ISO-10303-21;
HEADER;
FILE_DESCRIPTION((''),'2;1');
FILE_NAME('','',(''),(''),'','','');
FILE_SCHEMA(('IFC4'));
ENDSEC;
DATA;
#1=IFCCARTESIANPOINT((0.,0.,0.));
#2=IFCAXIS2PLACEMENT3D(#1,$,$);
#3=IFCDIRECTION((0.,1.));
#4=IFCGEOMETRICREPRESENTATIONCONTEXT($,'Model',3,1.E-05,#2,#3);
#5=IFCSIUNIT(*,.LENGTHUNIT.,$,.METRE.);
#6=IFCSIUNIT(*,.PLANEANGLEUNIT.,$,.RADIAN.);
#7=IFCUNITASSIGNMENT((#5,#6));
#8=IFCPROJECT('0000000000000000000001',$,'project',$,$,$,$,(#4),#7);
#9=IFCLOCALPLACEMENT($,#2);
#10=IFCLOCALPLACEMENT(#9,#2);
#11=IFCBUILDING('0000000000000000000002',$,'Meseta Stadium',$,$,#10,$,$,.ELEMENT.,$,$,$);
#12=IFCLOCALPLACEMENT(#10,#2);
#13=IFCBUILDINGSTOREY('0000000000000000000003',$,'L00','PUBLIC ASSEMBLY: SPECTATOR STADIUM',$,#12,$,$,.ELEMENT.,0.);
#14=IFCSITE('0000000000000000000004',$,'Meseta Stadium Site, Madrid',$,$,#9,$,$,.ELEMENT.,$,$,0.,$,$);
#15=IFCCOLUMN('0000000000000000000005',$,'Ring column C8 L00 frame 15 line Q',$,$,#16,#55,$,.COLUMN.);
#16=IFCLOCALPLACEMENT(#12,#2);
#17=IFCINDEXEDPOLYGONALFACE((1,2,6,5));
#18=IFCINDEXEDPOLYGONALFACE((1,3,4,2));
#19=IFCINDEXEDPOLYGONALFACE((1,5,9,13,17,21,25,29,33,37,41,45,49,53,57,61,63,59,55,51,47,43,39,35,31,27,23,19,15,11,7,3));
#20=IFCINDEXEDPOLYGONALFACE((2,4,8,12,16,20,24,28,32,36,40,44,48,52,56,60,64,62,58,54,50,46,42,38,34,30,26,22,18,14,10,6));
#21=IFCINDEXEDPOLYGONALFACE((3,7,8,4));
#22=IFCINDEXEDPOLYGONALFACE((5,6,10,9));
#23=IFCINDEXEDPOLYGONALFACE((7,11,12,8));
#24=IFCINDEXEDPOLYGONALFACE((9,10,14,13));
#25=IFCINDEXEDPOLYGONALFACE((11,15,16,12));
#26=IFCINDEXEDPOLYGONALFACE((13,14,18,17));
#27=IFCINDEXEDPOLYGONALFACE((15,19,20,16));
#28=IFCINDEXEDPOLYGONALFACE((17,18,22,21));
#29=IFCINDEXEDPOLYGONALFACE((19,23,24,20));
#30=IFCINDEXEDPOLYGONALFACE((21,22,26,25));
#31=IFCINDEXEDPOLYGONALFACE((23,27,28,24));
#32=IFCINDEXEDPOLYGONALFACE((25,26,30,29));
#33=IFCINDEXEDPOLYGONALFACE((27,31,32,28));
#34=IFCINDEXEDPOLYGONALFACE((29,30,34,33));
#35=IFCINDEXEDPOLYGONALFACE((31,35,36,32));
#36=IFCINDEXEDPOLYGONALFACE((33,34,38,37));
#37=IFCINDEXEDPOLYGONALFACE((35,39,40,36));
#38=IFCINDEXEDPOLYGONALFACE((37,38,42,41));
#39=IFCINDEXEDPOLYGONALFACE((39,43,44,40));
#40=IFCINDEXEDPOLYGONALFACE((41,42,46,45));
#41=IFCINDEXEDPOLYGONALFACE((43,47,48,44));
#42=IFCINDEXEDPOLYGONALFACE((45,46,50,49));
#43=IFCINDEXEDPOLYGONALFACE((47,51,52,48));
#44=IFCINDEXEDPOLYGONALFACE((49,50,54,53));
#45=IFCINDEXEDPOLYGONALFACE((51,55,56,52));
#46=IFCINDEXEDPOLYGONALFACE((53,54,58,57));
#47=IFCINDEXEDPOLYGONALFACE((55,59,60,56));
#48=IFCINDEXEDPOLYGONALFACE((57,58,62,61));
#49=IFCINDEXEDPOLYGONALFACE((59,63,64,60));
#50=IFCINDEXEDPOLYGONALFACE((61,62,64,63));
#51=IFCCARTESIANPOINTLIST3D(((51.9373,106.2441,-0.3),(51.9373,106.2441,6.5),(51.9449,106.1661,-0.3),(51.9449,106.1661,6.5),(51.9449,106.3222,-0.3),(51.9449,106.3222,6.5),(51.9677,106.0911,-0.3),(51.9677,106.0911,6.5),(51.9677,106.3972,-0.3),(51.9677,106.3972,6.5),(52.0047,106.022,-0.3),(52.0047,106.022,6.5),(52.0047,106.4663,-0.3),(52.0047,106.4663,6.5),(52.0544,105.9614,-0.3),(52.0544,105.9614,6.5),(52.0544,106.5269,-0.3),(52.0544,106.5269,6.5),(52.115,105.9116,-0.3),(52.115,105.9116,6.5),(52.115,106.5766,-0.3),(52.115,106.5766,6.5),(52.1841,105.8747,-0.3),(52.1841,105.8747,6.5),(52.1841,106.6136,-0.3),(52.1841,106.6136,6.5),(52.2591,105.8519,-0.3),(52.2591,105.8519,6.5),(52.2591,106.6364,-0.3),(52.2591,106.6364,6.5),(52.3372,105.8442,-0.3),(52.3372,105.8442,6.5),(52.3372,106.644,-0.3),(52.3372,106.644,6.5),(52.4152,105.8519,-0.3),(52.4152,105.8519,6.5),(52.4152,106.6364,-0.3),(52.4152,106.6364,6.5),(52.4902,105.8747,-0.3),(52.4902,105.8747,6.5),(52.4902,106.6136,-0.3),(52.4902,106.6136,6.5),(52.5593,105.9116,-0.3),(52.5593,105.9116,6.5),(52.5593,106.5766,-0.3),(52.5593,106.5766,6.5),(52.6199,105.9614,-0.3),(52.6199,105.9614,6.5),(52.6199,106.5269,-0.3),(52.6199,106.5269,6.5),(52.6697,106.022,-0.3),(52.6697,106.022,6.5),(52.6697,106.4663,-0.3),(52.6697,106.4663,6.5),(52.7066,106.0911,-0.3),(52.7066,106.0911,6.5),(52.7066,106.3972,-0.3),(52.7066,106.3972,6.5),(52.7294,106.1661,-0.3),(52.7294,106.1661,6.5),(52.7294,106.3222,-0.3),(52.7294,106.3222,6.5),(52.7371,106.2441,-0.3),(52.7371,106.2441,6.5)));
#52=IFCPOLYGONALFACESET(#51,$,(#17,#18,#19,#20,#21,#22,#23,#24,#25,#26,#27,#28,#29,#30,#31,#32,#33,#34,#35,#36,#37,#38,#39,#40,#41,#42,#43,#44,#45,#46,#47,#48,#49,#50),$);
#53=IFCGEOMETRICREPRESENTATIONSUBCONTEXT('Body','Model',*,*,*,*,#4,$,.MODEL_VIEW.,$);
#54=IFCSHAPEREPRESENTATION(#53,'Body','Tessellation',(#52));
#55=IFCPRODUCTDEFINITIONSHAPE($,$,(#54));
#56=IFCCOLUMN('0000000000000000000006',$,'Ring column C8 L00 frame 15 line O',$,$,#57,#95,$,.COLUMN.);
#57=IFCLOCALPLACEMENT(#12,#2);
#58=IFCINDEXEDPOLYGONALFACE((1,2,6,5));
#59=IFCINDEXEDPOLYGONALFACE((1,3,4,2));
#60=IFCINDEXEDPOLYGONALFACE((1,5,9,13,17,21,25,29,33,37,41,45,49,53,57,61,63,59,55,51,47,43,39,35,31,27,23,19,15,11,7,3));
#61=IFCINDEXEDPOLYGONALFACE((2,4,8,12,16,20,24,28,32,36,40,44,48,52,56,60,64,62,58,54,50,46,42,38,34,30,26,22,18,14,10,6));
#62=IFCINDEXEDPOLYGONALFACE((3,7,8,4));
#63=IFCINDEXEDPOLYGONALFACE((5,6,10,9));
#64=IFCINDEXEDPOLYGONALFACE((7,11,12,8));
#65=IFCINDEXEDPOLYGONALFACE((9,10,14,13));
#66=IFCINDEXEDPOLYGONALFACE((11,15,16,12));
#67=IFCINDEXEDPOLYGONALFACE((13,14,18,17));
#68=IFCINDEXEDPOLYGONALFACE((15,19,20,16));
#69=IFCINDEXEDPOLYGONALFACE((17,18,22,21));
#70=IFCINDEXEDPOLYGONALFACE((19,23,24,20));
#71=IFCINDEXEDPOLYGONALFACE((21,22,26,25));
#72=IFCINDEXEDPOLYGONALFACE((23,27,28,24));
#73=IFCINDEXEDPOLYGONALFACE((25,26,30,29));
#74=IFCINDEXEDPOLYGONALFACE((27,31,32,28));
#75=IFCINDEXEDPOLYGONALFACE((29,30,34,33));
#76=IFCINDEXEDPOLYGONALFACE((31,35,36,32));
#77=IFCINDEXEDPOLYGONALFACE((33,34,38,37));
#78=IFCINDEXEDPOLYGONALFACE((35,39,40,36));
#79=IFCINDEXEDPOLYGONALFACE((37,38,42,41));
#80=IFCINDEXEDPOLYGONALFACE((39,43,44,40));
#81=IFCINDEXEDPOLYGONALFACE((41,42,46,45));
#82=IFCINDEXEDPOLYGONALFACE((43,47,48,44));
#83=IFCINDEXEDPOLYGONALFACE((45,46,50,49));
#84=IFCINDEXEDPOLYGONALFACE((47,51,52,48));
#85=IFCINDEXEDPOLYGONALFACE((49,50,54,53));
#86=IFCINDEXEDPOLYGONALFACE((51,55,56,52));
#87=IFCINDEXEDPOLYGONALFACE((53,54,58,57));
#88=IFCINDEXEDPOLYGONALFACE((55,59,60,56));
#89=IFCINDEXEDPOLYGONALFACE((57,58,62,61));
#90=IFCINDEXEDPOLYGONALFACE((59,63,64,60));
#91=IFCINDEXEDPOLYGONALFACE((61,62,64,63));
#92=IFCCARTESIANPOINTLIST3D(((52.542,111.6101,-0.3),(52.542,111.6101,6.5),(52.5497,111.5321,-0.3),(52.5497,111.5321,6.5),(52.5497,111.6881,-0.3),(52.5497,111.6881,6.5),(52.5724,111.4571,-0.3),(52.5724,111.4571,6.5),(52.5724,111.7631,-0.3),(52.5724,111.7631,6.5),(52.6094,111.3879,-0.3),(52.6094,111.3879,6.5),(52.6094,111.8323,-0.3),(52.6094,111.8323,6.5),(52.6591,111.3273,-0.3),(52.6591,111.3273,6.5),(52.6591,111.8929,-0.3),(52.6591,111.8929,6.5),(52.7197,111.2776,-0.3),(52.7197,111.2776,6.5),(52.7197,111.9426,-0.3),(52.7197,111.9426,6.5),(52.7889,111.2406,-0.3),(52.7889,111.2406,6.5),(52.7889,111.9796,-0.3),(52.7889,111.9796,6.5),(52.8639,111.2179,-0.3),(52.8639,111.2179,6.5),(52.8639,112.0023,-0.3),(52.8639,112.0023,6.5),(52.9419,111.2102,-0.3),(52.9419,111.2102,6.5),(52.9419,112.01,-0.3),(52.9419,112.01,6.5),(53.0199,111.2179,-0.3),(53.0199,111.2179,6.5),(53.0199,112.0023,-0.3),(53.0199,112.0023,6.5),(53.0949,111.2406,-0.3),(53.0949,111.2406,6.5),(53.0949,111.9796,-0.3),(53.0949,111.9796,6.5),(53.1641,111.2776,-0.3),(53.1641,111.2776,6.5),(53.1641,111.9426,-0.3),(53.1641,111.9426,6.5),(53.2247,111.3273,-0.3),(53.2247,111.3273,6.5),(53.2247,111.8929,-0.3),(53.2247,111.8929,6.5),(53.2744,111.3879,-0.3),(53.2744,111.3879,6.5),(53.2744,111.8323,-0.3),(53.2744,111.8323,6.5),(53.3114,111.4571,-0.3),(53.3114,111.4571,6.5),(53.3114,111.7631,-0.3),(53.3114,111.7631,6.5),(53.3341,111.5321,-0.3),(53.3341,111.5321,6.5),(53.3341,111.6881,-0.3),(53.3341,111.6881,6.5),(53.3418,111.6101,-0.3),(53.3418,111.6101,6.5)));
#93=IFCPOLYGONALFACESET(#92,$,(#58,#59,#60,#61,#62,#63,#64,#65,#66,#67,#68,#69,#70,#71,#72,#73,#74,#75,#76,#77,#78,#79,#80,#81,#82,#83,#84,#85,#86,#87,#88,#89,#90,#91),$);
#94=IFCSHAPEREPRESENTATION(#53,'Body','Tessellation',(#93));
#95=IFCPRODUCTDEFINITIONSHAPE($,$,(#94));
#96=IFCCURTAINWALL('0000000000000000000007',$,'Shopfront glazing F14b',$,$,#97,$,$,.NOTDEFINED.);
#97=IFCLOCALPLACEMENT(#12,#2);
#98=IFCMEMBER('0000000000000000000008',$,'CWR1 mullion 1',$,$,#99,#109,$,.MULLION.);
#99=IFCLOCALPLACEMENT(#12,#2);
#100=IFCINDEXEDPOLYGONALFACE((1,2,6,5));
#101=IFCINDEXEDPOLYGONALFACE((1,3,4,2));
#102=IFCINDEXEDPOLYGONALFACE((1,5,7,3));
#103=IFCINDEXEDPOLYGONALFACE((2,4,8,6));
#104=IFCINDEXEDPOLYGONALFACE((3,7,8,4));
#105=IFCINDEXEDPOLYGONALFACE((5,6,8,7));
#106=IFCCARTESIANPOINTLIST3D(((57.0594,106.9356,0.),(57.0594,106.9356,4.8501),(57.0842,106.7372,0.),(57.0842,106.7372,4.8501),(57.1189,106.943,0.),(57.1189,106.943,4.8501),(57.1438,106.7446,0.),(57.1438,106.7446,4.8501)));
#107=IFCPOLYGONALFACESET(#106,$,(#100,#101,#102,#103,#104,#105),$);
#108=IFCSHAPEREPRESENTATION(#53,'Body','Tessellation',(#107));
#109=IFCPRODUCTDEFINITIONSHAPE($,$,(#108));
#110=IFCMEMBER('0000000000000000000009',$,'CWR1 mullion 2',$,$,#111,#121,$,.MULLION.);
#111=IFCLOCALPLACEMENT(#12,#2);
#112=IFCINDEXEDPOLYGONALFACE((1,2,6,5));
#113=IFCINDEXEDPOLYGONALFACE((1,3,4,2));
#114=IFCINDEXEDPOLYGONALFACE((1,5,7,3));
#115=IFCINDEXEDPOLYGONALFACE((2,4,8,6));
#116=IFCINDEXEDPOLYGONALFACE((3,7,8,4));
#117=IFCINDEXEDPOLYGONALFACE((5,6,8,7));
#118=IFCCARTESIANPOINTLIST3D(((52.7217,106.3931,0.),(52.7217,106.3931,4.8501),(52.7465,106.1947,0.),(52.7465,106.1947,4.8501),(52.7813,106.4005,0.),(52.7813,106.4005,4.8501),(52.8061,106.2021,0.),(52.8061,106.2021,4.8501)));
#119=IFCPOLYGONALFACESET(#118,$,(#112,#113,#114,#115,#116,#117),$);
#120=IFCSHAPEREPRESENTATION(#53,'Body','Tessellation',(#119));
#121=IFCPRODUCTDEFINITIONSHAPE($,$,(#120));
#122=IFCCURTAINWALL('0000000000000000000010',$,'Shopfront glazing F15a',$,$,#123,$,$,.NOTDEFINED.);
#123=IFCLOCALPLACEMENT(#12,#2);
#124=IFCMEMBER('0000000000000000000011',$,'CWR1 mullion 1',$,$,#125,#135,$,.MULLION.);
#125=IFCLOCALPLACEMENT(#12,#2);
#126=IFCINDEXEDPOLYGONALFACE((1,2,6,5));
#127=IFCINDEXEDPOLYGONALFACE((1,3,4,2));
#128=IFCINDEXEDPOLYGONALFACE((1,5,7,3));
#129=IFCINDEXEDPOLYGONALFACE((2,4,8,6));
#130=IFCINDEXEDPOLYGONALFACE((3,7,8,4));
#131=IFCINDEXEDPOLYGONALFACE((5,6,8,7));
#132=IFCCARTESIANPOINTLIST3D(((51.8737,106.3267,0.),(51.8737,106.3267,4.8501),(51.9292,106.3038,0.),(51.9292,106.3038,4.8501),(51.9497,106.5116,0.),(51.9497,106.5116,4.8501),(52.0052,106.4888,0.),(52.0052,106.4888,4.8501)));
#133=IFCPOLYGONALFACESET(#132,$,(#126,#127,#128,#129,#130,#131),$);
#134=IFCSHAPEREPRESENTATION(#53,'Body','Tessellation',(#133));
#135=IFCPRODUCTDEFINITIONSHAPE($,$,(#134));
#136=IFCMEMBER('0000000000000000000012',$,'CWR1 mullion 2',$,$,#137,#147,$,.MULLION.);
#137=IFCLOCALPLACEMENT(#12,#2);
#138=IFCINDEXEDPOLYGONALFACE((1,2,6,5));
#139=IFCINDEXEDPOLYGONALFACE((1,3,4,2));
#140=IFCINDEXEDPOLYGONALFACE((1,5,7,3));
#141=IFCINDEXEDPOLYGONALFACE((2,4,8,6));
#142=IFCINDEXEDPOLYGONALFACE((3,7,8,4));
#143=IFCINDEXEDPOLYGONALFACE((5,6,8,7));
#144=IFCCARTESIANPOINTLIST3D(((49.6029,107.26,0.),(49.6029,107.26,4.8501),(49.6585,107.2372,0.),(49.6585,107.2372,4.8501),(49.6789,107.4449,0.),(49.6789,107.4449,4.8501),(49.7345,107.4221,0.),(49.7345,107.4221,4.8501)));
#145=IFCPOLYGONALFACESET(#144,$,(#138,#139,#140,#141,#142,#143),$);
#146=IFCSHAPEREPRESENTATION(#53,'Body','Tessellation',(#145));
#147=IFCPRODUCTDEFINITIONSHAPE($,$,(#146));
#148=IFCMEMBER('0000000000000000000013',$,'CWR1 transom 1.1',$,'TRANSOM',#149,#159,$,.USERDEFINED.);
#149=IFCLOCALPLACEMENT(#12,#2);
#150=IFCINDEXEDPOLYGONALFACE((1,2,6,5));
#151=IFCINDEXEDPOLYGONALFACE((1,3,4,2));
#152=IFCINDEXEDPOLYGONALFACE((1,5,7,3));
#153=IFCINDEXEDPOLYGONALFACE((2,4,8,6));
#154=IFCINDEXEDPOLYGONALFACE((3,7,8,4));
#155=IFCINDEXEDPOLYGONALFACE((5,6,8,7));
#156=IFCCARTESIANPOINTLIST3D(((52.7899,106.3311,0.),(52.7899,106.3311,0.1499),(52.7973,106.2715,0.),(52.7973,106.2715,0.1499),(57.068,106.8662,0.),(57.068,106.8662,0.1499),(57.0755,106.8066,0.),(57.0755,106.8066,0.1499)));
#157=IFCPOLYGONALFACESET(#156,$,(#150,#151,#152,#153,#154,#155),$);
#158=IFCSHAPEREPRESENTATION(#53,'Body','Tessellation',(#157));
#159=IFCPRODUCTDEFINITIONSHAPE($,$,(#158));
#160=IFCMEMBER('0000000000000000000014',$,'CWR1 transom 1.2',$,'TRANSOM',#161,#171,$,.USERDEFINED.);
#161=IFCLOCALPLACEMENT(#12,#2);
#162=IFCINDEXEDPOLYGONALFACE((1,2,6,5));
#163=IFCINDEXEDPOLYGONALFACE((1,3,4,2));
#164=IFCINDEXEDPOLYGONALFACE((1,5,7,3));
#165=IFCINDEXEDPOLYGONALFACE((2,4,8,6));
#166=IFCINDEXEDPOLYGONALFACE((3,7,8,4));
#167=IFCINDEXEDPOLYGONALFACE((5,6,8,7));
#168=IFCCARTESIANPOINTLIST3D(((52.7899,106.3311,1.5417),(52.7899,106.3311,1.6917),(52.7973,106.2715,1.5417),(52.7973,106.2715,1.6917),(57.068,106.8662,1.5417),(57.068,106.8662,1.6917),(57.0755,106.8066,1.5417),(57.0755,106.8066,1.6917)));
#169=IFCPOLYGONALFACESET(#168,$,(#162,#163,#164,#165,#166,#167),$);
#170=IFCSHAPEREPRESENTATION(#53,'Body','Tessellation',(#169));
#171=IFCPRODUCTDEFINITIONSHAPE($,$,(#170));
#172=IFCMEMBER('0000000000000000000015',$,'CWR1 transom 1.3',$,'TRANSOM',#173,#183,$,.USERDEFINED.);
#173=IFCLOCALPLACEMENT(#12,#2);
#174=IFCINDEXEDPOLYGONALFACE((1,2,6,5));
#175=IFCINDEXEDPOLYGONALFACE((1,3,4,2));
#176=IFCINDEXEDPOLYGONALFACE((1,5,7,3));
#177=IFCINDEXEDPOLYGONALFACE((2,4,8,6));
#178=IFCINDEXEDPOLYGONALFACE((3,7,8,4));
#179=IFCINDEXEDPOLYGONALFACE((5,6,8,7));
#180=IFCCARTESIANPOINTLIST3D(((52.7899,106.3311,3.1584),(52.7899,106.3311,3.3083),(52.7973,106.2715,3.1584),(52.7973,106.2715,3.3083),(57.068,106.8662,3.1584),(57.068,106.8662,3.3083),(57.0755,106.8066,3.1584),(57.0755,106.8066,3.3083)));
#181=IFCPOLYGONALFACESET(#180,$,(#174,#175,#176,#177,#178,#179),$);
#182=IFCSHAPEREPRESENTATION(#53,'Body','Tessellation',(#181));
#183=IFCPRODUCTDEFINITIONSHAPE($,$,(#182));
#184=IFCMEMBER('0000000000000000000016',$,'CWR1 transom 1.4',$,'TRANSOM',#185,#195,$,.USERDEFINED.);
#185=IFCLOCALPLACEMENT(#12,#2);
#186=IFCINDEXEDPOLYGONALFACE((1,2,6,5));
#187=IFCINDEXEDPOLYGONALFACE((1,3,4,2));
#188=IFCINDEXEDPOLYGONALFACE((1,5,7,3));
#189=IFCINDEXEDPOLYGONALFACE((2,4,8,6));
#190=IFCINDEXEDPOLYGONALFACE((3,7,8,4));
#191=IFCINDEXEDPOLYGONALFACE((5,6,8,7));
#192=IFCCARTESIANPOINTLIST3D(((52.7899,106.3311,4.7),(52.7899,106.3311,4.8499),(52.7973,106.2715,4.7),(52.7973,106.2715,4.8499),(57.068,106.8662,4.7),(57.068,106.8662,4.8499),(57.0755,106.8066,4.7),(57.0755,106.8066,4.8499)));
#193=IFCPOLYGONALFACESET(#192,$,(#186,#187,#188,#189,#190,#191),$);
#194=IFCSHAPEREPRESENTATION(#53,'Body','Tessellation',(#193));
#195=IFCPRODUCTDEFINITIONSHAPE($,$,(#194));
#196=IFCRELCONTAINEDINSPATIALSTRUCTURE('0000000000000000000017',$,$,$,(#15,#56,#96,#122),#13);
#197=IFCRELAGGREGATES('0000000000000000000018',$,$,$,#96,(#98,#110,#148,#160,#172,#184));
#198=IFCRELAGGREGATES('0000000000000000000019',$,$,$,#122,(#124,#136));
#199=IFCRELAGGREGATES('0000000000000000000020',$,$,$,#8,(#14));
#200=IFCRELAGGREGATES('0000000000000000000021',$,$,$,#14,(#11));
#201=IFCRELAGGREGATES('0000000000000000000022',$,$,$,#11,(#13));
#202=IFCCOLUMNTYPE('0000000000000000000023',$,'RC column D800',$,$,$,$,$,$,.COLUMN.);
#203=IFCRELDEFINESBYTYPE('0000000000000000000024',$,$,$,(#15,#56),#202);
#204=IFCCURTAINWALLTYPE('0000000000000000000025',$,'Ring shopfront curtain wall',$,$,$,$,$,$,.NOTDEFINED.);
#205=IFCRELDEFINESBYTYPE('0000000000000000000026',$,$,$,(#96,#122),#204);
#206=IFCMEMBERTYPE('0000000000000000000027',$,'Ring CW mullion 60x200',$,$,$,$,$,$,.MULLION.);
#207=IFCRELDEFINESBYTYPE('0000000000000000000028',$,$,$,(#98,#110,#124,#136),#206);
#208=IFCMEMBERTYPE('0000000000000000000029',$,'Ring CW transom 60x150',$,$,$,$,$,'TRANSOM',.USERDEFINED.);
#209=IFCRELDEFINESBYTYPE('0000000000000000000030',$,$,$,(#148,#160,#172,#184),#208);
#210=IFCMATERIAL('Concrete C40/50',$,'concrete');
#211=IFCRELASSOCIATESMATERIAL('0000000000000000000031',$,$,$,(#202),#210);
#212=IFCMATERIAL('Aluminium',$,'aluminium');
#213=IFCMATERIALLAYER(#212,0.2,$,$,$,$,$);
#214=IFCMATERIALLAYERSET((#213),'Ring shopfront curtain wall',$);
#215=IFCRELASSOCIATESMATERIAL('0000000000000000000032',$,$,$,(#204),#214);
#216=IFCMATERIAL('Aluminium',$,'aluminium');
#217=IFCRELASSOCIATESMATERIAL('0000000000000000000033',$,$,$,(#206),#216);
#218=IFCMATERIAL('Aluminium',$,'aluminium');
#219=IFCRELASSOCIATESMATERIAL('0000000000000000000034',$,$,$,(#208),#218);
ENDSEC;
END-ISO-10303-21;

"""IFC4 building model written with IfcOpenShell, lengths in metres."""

from ifc_helpers import new_model, si_unit, direction, frame, origin, origin_2d, place, context, subcontext, project, spatial, rectangle, circle, extrude, material, layer, layer_set, material_profile, profile_set, type_object, element, aggregate, save


model = new_model("IFC4")

# Units and contexts
model_context = context("Model", 3, precision=1e-05, world=origin(), true_north=direction((0.0, 1.0)))
body_context = subcontext(model_context, "Body", "Model", "MODEL_VIEW")
ifc_project = project(units=[si_unit("LENGTHUNIT", "METRE"), si_unit("PLANEANGLEUNIT", "RADIAN")], contexts=[model_context])

# Site, building, storey
site_placement = place(None, origin())
site = spatial("IfcSite", under=ifc_project, at=site_placement, Name="Meseta Stadium Site, Madrid", CompositionType="ELEMENT", RefElevation=0.0)
building_placement = place(site_placement, origin())
building = spatial("IfcBuilding", under=site, at=building_placement, Name="Meseta Stadium", CompositionType="ELEMENT")
storey_placement = place(building_placement, origin())
storey = spatial("IfcBuildingStorey", under=building, at=storey_placement, Name="L00", Description="PUBLIC ASSEMBLY: SPECTATOR STADIUM", CompositionType="ELEMENT", Elevation=0.0)

# Columns
ifc_material_1 = material(Name="Concrete C40/50", Category="concrete")
ifc_material_profile_1 = material_profile(ifc_material_1, circle(Radius=0.3999, at=origin_2d()), Name="RC D800")
ifc_profile_set_1 = profile_set([ifc_material_profile_1], Name="Concrete C40/50")
column_type = type_object("IfcColumnType", Name="RC column D800", PredefinedType="COLUMN", material=ifc_profile_set_1)
for number, where, z_axis, x_axis, name in (
    (1, (52.3372, 106.2441, -0.3), (0.0, 0.0, 1.0), (1.0, 0.0, 0.0), "Ring column C8 L00 frame 15 line Q"),
    (2, (52.9419, 111.6101, -0.3), (0.0, 0.0, 1.0), (1.0, 0.0, 0.0), "Ring column C8 L00 frame 15 line O"),
):
    element("IfcColumn", number, at=place(storey_placement, frame(where, z_axis=z_axis, x_axis=x_axis)), inside=storey, type_object=column_type, Name=name, PredefinedType="COLUMN", context=body_context, shape_type="SweptSolid", body=[
        extrude(circle(Radius=0.3999, at=origin_2d()), origin(), (0.0, 0.0, 1.0), 6.8),
    ])

# Curtain walls, members
ifc_material_2 = material(Name="Aluminium", Category="aluminium")
ifc_layer_1 = layer(ifc_material_2, 0.2)
ifc_layer_set_1 = layer_set([ifc_layer_1], Name="Ring shopfront curtain wall")
curtain_wall_type = type_object("IfcCurtainWallType", Name="Ring shopfront curtain wall", PredefinedType="NOTDEFINED", material=ifc_layer_set_1)
curtain_wall_1_placement = place(storey_placement, origin())
curtain_wall_1 = element("IfcCurtainWall", 3, at=curtain_wall_1_placement, inside=storey, type_object=curtain_wall_type, Name="Shopfront glazing F14b", PredefinedType="NOTDEFINED")
ifc_material_3 = material(Name="Aluminium", Category="aluminium")
ifc_material_profile_2 = material_profile(ifc_material_3, rectangle(XDim=0.2, YDim=0.0601, at=origin_2d()), Name="CW 200x60")
ifc_profile_set_2 = profile_set([ifc_material_profile_2], Name="Aluminium")
member_type_1 = type_object("IfcMemberType", Name="Ring CW mullion 60x200", PredefinedType="MULLION", material=ifc_profile_set_2)
member_1_placement = place(storey_placement, frame((57.1016, 106.8401, 0.0), z_axis=(0.0, 0.0, 1.0), x_axis=(0.124132, -0.992266, 0.0)))
member_1 = element("IfcMember", 4, at=member_1_placement, type_object=member_type_1, Name="CWR1 mullion 1", PredefinedType="MULLION", context=body_context, shape_type="SweptSolid", body=[
    extrude(rectangle(XDim=0.2, YDim=0.0601, at=origin_2d()), origin(), (0.0, 0.0, 1.0), 4.8501),
])
member_2_placement = place(storey_placement, frame((52.7639, 106.2976, 0.0), z_axis=(0.0, 0.0, 1.0), x_axis=(0.124132, -0.992266, 0.0)))
member_2 = element("IfcMember", 5, at=member_2_placement, type_object=member_type_1, Name="CWR1 mullion 2", PredefinedType="MULLION", context=body_context, shape_type="SweptSolid", body=[
    extrude(rectangle(XDim=0.2, YDim=0.0601, at=origin_2d()), origin(), (0.0, 0.0, 1.0), 4.8501),
])
curtain_wall_2_placement = place(storey_placement, origin())
curtain_wall_2 = element("IfcCurtainWall", 6, at=curtain_wall_2_placement, inside=storey, type_object=curtain_wall_type, Name="Shopfront glazing F15a", PredefinedType="NOTDEFINED")
member_3_placement = place(storey_placement, frame((51.9395, 106.4077, 0.0), z_axis=(0.0, 0.0, 1.0), x_axis=(-0.380161, -0.92492, 0.0)))
member_3 = element("IfcMember", 7, at=member_3_placement, type_object=member_type_1, Name="CWR1 mullion 1", PredefinedType="MULLION", context=body_context, shape_type="SweptSolid", body=[
    extrude(rectangle(XDim=0.2, YDim=0.0601, at=origin_2d()), origin(), (0.0, 0.0, 1.0), 4.8501),
])
member_4_placement = place(storey_placement, frame((49.6687, 107.3411, 0.0), z_axis=(0.0, 0.0, 1.0), x_axis=(-0.380161, -0.92492, 0.0)))
member_4 = element("IfcMember", 8, at=member_4_placement, type_object=member_type_1, Name="CWR1 mullion 2", PredefinedType="MULLION", context=body_context, shape_type="SweptSolid", body=[
    extrude(rectangle(XDim=0.2, YDim=0.0601, at=origin_2d()), origin(), (0.0, 0.0, 1.0), 4.8501),
])

# Members
ifc_material_4 = material(Name="Aluminium", Category="aluminium")
ifc_material_profile_3 = material_profile(ifc_material_4, rectangle(XDim=0.0601, YDim=0.1499, at=origin_2d()), Name="CW 60x150")
ifc_profile_set_3 = profile_set([ifc_material_profile_3], Name="Aluminium")
member_type_2 = type_object("IfcMemberType", Name="Ring CW transom 60x150", ElementType="TRANSOM", PredefinedType="USERDEFINED", material=ifc_profile_set_3)
member_5_placement = place(storey_placement, frame((57.0718, 106.8364, 0.075), z_axis=(-0.992267, -0.124125, 0.0), x_axis=(0.124125, -0.992267, 0.0)))
member_5 = element("IfcMember", 9, at=member_5_placement, type_object=member_type_2, Name="CWR1 transom 1.1", ObjectType="TRANSOM", PredefinedType="USERDEFINED", context=body_context, shape_type="SweptSolid", body=[
    extrude(rectangle(XDim=0.0601, YDim=0.1499, at=origin_2d()), origin(), (0.0, 0.0, 1.0), 4.3115),
])
member_6_placement = place(storey_placement, frame((57.0718, 106.8364, 1.6167), z_axis=(-0.992267, -0.124125, 0.0), x_axis=(0.124125, -0.992267, 0.0)))
member_6 = element("IfcMember", 10, at=member_6_placement, type_object=member_type_2, Name="CWR1 transom 1.2", ObjectType="TRANSOM", PredefinedType="USERDEFINED", context=body_context, shape_type="SweptSolid", body=[
    extrude(rectangle(XDim=0.0601, YDim=0.1499, at=origin_2d()), origin(), (0.0, 0.0, 1.0), 4.3115),
])
member_7_placement = place(storey_placement, frame((57.0718, 106.8364, 3.2334), z_axis=(-0.992267, -0.124125, 0.0), x_axis=(0.124125, -0.992267, 0.0)))
member_7 = element("IfcMember", 11, at=member_7_placement, type_object=member_type_2, Name="CWR1 transom 1.3", ObjectType="TRANSOM", PredefinedType="USERDEFINED", context=body_context, shape_type="SweptSolid", body=[
    extrude(rectangle(XDim=0.0601, YDim=0.1499, at=origin_2d()), origin(), (0.0, 0.0, 1.0), 4.3115),
])
member_8_placement = place(storey_placement, frame((57.0718, 106.8364, 4.7749), z_axis=(-0.992267, -0.124125, 0.0), x_axis=(0.124125, -0.992267, 0.0)))
member_8 = element("IfcMember", 12, at=member_8_placement, type_object=member_type_2, Name="CWR1 transom 1.4", ObjectType="TRANSOM", PredefinedType="USERDEFINED", context=body_context, shape_type="SweptSolid", body=[
    extrude(rectangle(XDim=0.0601, YDim=0.1499, at=origin_2d()), origin(), (0.0, 0.0, 1.0), 4.3115),
])

aggregate(curtain_wall_1, [member_1, member_2, member_5, member_6, member_7, member_8])
aggregate(curtain_wall_2, [member_3, member_4])

save(model, "model.ifc")
